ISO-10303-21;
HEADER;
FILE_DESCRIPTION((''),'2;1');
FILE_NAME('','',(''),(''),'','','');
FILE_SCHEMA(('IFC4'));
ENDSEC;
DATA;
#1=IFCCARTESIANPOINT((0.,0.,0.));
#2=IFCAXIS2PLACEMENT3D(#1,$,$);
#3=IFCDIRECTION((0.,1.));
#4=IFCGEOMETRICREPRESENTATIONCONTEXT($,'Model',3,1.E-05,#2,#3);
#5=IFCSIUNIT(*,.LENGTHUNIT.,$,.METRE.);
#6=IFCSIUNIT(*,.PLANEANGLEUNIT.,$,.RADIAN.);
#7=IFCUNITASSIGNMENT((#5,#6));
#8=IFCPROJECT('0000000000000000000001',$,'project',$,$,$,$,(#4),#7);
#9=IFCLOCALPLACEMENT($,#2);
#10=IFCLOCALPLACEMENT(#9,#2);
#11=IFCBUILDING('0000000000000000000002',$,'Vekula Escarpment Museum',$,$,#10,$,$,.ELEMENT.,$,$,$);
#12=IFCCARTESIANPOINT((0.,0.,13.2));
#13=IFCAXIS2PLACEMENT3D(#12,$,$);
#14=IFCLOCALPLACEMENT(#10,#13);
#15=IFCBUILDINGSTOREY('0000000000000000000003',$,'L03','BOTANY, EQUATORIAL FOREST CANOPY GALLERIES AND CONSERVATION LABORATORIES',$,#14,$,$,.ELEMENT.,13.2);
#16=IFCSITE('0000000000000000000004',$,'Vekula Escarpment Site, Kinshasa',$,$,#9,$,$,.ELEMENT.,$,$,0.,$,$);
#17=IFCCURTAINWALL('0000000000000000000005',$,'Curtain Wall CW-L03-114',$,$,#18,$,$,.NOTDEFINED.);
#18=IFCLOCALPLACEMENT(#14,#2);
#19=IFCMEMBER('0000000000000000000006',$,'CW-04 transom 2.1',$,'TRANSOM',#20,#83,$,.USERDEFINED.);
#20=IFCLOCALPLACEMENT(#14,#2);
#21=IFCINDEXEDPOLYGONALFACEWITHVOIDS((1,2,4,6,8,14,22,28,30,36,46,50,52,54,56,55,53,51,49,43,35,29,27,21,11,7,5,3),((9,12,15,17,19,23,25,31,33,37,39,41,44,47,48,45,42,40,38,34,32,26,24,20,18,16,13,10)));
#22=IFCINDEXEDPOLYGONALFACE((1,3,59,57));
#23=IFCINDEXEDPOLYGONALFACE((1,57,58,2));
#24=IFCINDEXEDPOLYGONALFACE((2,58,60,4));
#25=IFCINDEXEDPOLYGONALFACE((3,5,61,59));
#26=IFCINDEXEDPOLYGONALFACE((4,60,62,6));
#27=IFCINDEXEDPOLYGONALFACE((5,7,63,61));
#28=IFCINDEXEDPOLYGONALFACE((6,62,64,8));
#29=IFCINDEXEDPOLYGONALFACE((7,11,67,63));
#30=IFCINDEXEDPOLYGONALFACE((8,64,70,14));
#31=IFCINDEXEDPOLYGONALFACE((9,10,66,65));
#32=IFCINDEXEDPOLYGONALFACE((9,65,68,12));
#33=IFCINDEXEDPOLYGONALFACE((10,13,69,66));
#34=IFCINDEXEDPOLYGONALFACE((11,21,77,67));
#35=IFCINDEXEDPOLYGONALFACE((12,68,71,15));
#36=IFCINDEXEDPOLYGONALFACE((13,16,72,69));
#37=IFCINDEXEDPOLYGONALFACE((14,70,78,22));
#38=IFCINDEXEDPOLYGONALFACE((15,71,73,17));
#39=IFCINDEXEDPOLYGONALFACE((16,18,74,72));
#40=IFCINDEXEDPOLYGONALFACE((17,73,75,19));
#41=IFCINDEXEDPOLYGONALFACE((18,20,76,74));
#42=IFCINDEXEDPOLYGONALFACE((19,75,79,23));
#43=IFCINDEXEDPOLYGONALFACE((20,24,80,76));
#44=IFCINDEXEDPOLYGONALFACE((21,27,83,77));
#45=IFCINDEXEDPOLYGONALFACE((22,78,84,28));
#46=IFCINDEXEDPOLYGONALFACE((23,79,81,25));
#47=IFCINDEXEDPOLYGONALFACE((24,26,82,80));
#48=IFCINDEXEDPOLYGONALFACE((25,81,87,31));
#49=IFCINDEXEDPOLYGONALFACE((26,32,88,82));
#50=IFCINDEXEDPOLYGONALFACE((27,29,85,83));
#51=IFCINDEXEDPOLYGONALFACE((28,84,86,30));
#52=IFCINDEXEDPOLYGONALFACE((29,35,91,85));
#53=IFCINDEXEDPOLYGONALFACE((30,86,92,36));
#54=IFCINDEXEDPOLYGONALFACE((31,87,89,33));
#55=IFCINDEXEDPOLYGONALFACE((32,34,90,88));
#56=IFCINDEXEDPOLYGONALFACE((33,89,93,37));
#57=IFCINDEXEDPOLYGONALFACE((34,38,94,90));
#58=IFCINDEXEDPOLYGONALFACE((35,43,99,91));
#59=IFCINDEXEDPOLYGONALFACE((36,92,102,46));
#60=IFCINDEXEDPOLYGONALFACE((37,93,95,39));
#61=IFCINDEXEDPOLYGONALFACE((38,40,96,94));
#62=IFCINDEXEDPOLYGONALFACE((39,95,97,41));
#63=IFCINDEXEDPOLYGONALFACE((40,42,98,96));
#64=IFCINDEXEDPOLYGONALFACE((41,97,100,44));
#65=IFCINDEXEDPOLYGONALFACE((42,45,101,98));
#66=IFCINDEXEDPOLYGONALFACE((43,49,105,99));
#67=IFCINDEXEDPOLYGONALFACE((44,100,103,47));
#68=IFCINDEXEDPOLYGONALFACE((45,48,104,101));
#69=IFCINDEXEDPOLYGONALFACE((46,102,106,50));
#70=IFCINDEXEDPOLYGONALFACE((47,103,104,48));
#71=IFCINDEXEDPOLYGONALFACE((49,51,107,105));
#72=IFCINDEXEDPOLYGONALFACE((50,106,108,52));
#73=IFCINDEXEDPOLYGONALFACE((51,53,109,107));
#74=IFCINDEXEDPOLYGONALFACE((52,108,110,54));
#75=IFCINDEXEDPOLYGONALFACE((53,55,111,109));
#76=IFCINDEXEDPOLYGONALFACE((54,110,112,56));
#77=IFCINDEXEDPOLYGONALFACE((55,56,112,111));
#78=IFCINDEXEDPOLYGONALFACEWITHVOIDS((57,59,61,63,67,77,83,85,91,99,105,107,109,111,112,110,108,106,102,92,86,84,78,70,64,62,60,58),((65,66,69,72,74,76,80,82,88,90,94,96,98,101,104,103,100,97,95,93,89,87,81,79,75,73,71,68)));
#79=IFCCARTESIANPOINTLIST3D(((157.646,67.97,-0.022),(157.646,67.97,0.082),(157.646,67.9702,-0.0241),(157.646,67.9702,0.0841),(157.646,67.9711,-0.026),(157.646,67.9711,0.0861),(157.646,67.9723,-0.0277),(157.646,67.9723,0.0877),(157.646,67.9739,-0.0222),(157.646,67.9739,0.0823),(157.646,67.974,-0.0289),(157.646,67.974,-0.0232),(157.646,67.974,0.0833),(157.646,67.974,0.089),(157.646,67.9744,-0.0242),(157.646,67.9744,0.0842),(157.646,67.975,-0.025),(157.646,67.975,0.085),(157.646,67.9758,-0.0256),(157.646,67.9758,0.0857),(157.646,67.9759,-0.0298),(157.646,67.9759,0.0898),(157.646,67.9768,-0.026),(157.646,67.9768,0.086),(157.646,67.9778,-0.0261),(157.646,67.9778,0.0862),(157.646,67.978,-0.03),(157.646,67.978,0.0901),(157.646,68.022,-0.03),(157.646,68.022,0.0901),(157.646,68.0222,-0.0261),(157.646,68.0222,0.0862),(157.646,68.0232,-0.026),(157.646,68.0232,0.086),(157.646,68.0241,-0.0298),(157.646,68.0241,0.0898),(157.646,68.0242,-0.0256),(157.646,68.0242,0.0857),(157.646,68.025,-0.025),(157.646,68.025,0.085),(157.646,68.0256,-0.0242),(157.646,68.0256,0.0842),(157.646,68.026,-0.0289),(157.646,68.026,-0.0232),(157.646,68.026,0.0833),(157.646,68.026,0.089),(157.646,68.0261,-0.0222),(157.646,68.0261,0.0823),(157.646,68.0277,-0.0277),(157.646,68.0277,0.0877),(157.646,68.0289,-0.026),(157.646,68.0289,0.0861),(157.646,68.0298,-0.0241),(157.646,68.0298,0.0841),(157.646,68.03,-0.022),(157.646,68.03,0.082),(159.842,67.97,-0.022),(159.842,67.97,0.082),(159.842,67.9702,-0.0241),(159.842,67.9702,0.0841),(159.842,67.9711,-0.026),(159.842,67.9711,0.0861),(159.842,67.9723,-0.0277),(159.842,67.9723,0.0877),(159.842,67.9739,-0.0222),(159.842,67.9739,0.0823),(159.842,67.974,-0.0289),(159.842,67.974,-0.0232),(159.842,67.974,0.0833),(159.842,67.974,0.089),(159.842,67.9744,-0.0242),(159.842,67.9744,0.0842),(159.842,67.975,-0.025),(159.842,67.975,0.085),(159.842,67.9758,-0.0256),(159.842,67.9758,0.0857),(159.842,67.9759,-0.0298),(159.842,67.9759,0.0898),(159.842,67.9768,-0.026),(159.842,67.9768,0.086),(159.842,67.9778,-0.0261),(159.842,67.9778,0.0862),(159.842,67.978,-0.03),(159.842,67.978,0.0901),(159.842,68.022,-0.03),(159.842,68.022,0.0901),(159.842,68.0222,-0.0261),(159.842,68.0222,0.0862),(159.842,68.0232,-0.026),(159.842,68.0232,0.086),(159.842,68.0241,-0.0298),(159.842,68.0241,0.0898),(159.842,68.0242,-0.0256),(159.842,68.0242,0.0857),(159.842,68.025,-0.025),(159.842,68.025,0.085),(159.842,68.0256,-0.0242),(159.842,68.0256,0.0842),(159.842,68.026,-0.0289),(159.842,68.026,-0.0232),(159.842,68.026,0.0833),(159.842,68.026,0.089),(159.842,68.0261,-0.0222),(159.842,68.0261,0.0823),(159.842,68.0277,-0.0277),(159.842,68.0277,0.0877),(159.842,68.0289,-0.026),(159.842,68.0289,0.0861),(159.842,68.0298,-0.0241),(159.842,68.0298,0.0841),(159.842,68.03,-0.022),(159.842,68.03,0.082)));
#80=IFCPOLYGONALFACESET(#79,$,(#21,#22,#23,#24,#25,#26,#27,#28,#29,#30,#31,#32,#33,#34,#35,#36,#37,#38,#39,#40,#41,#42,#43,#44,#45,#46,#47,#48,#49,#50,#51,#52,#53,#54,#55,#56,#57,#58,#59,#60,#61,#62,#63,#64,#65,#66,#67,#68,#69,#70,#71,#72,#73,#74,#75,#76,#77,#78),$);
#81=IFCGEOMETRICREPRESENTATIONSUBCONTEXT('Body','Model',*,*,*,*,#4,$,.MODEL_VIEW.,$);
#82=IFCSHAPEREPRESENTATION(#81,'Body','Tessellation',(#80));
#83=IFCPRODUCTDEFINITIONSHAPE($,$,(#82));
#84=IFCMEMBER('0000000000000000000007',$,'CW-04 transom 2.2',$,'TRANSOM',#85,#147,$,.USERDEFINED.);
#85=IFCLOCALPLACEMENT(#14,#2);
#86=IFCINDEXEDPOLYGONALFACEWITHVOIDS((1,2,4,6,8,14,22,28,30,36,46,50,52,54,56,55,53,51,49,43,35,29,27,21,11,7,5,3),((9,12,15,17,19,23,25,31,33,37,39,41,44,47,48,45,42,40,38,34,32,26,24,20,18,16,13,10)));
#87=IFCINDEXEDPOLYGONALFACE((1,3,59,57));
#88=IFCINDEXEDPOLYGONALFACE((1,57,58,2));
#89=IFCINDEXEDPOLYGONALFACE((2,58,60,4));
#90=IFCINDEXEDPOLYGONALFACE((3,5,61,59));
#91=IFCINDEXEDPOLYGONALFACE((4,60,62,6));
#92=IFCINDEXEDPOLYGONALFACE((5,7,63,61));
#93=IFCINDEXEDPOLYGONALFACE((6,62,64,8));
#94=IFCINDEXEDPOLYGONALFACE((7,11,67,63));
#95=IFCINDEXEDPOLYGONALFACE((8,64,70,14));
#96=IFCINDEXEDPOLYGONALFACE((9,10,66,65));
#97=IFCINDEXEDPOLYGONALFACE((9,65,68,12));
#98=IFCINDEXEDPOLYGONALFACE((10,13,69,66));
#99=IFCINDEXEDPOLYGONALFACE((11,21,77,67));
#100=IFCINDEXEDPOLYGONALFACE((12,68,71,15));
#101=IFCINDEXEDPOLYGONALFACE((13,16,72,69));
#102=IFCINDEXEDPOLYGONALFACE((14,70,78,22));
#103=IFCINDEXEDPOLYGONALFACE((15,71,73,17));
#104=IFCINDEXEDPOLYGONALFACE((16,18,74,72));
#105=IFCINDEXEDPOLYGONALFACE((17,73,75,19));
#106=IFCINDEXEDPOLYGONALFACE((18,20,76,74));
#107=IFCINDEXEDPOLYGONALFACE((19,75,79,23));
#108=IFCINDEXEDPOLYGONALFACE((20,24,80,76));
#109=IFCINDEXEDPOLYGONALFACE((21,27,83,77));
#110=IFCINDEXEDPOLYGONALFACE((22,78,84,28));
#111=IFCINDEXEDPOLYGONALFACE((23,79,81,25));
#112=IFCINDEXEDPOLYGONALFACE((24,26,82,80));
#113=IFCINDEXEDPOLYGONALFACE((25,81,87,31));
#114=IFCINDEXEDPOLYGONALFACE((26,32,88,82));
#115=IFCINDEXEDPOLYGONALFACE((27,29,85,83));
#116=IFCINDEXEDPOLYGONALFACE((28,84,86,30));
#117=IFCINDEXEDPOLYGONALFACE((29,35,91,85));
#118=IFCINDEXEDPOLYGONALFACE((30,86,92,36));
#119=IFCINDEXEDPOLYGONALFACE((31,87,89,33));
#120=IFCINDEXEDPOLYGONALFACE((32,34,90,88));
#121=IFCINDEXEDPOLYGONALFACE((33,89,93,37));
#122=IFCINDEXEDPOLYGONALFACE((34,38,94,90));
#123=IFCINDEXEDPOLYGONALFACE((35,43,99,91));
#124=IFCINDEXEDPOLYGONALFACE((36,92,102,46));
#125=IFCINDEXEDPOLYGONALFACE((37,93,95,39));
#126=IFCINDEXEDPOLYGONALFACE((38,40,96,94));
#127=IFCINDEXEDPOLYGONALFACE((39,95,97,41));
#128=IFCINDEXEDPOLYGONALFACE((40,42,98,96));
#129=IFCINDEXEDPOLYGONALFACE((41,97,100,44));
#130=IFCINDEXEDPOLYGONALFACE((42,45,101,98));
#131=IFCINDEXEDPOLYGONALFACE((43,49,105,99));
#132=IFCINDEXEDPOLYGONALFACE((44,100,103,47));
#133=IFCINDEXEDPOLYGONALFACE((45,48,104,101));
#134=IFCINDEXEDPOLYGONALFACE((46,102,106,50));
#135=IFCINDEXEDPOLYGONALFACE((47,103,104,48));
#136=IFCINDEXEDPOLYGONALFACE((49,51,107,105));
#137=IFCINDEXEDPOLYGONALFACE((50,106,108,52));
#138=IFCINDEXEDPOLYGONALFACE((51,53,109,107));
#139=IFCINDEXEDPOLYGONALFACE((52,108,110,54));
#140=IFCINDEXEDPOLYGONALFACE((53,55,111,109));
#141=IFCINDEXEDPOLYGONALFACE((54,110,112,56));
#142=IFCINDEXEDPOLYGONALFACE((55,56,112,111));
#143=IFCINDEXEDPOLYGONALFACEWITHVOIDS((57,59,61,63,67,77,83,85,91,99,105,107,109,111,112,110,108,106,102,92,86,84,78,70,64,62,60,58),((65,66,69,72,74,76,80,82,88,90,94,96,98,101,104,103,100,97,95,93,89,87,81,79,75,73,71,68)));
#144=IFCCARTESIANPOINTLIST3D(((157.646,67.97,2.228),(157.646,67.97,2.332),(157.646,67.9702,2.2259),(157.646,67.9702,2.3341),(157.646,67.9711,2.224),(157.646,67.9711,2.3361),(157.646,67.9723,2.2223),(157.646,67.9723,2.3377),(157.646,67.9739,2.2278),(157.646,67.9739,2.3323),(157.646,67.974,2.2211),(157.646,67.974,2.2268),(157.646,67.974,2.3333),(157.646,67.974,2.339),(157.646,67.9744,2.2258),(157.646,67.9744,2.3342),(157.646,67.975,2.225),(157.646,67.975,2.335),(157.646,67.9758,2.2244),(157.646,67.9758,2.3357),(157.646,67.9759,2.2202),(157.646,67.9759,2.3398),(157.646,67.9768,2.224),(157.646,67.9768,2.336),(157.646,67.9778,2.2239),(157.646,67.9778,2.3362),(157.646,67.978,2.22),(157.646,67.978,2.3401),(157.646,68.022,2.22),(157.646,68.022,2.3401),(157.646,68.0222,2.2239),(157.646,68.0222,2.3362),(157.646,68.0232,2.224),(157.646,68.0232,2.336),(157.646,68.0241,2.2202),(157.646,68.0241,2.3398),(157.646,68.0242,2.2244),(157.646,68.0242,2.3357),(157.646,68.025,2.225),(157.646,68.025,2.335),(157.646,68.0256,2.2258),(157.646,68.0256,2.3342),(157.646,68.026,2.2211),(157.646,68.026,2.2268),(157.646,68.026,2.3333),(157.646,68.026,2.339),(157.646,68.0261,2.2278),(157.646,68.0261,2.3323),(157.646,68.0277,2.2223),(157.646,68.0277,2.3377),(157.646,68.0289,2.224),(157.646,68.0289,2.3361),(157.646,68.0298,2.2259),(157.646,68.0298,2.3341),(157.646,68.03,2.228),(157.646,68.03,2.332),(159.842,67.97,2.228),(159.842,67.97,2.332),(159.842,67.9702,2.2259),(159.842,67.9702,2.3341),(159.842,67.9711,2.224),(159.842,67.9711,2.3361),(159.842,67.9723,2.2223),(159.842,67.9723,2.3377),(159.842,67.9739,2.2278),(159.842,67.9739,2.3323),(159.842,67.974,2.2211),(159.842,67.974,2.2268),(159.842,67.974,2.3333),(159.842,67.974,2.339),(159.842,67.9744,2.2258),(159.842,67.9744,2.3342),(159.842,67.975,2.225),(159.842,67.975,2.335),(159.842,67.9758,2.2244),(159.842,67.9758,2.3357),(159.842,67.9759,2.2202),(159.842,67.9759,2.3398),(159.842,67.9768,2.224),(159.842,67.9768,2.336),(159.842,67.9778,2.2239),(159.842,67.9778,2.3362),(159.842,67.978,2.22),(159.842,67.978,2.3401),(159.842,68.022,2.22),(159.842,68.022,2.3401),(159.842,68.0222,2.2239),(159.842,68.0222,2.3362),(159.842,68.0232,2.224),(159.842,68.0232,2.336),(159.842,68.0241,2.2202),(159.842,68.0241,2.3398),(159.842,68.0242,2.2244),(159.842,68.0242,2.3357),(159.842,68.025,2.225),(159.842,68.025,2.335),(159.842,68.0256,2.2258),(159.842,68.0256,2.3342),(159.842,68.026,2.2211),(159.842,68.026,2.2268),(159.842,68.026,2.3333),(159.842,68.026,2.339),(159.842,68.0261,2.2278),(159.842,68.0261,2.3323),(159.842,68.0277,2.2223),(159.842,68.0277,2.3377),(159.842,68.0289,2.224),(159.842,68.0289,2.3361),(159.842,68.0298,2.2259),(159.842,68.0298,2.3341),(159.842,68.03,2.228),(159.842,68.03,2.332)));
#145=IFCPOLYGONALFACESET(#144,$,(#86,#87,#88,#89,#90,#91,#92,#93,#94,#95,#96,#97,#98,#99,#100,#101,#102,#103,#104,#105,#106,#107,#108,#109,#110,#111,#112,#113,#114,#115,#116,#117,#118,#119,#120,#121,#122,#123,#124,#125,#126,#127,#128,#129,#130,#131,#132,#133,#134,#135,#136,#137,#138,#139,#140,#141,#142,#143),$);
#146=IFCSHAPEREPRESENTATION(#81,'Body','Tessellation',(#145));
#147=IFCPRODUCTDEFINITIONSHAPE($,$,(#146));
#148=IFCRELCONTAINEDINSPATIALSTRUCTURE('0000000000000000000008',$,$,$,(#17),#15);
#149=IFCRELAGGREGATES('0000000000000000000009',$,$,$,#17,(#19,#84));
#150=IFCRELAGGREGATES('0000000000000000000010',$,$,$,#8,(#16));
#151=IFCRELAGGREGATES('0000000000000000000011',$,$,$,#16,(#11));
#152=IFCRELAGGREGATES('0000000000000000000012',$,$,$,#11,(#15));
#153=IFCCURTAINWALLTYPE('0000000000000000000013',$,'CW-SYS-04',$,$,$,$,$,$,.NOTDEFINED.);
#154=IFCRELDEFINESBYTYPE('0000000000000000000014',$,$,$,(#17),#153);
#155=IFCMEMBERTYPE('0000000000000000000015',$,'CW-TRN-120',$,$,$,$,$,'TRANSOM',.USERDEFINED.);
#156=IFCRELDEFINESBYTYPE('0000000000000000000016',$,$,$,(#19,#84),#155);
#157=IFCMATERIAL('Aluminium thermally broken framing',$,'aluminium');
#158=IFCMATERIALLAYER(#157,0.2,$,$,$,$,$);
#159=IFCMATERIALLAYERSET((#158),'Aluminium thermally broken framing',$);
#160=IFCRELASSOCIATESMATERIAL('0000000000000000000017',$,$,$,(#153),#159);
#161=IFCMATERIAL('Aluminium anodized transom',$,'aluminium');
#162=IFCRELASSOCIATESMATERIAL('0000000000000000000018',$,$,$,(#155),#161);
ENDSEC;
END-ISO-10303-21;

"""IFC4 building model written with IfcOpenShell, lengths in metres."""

from ifc_helpers import new_model, si_unit, direction, frame, origin, origin_2d, place, context, subcontext, project, spatial, hollow_rectangle, extrude, material, layer, layer_set, material_profile, profile_set, type_object, element, aggregate, save


model = new_model("IFC4")

# Units and contexts
model_context = context("Model", 3, precision=1e-05, world=origin(), true_north=direction((0.0, 1.0)))
body_context = subcontext(model_context, "Body", "Model", "MODEL_VIEW")
ifc_project = project(units=[si_unit("LENGTHUNIT", "METRE"), si_unit("PLANEANGLEUNIT", "RADIAN")], contexts=[model_context])

# Site, building, storey
site_placement = place(None, origin())
site = spatial("IfcSite", under=ifc_project, at=site_placement, Name="Vekula Escarpment Site, Kinshasa", CompositionType="ELEMENT", RefElevation=0.0)
building_placement = place(site_placement, origin())
building = spatial("IfcBuilding", under=site, at=building_placement, Name="Vekula Escarpment Museum", CompositionType="ELEMENT")
storey_placement = place(building_placement, frame((0.0, 0.0, 13.2)))
storey = spatial("IfcBuildingStorey", under=building, at=storey_placement, Name="L03", Description="BOTANY, EQUATORIAL FOREST CANOPY GALLERIES AND CONSERVATION LABORATORIES", CompositionType="ELEMENT", Elevation=13.2)

# Curtain wall
ifc_material_1 = material(Name="Aluminium thermally broken framing", Category="aluminium")
ifc_layer_1 = layer(ifc_material_1, 0.2)
ifc_layer_set_1 = layer_set([ifc_layer_1], Name="Aluminium thermally broken framing")
curtain_wall_type_1 = type_object("IfcCurtainWallType", Name="CW-SYS-04", PredefinedType="NOTDEFINED", material=ifc_layer_set_1)
curtain_wall_1_placement = place(storey_placement, origin())
curtain_wall_1 = element("IfcCurtainWall", 1, at=curtain_wall_1_placement, inside=storey, type_object=curtain_wall_type_1, Name="Curtain Wall CW-L03-114", PredefinedType="NOTDEFINED")

# Members
ifc_material_2 = material(Name="Aluminium anodized transom", Category="aluminium")
ifc_material_profile_1 = material_profile(ifc_material_2, hollow_rectangle(XDim=0.0601, YDim=0.1201, WallThickness=0.0039, InnerFilletRadius=0.0039, OuterFilletRadius=0.0081, at=origin_2d()), Name="ALU 120x60x4")
ifc_profile_set_1 = profile_set([ifc_material_profile_1], Name="Aluminium anodized transom")
member_type_1 = type_object("IfcMemberType", Name="CW-TRN-120", ElementType="TRANSOM", PredefinedType="USERDEFINED", material=ifc_profile_set_1)
member_1_placement = place(storey_placement, frame((157.646, 68.0, 0.03), z_axis=(1.0, 0.0, 0.0), x_axis=(0.0, 1.0, 0.0)))
member_1 = element("IfcMember", 2, at=member_1_placement, type_object=member_type_1, Name="CW-04 transom 2.1", ObjectType="TRANSOM", PredefinedType="USERDEFINED", context=body_context, shape_type="SweptSolid", body=[
    extrude(hollow_rectangle(XDim=0.0601, YDim=0.1201, WallThickness=0.0039, InnerFilletRadius=0.0039, OuterFilletRadius=0.0081, at=origin_2d()), origin(), (0.0, 0.0, 1.0), 2.196),
])
member_2_placement = place(storey_placement, frame((157.646, 68.0, 2.28), z_axis=(1.0, 0.0, 0.0), x_axis=(0.0, 1.0, 0.0)))
member_2 = element("IfcMember", 3, at=member_2_placement, type_object=member_type_1, Name="CW-04 transom 2.2", ObjectType="TRANSOM", PredefinedType="USERDEFINED", context=body_context, shape_type="SweptSolid", body=[
    extrude(hollow_rectangle(XDim=0.0601, YDim=0.1201, WallThickness=0.0039, InnerFilletRadius=0.0039, OuterFilletRadius=0.0081, at=origin_2d()), origin(), (0.0, 0.0, 1.0), 2.196),
])

aggregate(curtain_wall_1, [member_1, member_2])

save(model, "model.ifc")
